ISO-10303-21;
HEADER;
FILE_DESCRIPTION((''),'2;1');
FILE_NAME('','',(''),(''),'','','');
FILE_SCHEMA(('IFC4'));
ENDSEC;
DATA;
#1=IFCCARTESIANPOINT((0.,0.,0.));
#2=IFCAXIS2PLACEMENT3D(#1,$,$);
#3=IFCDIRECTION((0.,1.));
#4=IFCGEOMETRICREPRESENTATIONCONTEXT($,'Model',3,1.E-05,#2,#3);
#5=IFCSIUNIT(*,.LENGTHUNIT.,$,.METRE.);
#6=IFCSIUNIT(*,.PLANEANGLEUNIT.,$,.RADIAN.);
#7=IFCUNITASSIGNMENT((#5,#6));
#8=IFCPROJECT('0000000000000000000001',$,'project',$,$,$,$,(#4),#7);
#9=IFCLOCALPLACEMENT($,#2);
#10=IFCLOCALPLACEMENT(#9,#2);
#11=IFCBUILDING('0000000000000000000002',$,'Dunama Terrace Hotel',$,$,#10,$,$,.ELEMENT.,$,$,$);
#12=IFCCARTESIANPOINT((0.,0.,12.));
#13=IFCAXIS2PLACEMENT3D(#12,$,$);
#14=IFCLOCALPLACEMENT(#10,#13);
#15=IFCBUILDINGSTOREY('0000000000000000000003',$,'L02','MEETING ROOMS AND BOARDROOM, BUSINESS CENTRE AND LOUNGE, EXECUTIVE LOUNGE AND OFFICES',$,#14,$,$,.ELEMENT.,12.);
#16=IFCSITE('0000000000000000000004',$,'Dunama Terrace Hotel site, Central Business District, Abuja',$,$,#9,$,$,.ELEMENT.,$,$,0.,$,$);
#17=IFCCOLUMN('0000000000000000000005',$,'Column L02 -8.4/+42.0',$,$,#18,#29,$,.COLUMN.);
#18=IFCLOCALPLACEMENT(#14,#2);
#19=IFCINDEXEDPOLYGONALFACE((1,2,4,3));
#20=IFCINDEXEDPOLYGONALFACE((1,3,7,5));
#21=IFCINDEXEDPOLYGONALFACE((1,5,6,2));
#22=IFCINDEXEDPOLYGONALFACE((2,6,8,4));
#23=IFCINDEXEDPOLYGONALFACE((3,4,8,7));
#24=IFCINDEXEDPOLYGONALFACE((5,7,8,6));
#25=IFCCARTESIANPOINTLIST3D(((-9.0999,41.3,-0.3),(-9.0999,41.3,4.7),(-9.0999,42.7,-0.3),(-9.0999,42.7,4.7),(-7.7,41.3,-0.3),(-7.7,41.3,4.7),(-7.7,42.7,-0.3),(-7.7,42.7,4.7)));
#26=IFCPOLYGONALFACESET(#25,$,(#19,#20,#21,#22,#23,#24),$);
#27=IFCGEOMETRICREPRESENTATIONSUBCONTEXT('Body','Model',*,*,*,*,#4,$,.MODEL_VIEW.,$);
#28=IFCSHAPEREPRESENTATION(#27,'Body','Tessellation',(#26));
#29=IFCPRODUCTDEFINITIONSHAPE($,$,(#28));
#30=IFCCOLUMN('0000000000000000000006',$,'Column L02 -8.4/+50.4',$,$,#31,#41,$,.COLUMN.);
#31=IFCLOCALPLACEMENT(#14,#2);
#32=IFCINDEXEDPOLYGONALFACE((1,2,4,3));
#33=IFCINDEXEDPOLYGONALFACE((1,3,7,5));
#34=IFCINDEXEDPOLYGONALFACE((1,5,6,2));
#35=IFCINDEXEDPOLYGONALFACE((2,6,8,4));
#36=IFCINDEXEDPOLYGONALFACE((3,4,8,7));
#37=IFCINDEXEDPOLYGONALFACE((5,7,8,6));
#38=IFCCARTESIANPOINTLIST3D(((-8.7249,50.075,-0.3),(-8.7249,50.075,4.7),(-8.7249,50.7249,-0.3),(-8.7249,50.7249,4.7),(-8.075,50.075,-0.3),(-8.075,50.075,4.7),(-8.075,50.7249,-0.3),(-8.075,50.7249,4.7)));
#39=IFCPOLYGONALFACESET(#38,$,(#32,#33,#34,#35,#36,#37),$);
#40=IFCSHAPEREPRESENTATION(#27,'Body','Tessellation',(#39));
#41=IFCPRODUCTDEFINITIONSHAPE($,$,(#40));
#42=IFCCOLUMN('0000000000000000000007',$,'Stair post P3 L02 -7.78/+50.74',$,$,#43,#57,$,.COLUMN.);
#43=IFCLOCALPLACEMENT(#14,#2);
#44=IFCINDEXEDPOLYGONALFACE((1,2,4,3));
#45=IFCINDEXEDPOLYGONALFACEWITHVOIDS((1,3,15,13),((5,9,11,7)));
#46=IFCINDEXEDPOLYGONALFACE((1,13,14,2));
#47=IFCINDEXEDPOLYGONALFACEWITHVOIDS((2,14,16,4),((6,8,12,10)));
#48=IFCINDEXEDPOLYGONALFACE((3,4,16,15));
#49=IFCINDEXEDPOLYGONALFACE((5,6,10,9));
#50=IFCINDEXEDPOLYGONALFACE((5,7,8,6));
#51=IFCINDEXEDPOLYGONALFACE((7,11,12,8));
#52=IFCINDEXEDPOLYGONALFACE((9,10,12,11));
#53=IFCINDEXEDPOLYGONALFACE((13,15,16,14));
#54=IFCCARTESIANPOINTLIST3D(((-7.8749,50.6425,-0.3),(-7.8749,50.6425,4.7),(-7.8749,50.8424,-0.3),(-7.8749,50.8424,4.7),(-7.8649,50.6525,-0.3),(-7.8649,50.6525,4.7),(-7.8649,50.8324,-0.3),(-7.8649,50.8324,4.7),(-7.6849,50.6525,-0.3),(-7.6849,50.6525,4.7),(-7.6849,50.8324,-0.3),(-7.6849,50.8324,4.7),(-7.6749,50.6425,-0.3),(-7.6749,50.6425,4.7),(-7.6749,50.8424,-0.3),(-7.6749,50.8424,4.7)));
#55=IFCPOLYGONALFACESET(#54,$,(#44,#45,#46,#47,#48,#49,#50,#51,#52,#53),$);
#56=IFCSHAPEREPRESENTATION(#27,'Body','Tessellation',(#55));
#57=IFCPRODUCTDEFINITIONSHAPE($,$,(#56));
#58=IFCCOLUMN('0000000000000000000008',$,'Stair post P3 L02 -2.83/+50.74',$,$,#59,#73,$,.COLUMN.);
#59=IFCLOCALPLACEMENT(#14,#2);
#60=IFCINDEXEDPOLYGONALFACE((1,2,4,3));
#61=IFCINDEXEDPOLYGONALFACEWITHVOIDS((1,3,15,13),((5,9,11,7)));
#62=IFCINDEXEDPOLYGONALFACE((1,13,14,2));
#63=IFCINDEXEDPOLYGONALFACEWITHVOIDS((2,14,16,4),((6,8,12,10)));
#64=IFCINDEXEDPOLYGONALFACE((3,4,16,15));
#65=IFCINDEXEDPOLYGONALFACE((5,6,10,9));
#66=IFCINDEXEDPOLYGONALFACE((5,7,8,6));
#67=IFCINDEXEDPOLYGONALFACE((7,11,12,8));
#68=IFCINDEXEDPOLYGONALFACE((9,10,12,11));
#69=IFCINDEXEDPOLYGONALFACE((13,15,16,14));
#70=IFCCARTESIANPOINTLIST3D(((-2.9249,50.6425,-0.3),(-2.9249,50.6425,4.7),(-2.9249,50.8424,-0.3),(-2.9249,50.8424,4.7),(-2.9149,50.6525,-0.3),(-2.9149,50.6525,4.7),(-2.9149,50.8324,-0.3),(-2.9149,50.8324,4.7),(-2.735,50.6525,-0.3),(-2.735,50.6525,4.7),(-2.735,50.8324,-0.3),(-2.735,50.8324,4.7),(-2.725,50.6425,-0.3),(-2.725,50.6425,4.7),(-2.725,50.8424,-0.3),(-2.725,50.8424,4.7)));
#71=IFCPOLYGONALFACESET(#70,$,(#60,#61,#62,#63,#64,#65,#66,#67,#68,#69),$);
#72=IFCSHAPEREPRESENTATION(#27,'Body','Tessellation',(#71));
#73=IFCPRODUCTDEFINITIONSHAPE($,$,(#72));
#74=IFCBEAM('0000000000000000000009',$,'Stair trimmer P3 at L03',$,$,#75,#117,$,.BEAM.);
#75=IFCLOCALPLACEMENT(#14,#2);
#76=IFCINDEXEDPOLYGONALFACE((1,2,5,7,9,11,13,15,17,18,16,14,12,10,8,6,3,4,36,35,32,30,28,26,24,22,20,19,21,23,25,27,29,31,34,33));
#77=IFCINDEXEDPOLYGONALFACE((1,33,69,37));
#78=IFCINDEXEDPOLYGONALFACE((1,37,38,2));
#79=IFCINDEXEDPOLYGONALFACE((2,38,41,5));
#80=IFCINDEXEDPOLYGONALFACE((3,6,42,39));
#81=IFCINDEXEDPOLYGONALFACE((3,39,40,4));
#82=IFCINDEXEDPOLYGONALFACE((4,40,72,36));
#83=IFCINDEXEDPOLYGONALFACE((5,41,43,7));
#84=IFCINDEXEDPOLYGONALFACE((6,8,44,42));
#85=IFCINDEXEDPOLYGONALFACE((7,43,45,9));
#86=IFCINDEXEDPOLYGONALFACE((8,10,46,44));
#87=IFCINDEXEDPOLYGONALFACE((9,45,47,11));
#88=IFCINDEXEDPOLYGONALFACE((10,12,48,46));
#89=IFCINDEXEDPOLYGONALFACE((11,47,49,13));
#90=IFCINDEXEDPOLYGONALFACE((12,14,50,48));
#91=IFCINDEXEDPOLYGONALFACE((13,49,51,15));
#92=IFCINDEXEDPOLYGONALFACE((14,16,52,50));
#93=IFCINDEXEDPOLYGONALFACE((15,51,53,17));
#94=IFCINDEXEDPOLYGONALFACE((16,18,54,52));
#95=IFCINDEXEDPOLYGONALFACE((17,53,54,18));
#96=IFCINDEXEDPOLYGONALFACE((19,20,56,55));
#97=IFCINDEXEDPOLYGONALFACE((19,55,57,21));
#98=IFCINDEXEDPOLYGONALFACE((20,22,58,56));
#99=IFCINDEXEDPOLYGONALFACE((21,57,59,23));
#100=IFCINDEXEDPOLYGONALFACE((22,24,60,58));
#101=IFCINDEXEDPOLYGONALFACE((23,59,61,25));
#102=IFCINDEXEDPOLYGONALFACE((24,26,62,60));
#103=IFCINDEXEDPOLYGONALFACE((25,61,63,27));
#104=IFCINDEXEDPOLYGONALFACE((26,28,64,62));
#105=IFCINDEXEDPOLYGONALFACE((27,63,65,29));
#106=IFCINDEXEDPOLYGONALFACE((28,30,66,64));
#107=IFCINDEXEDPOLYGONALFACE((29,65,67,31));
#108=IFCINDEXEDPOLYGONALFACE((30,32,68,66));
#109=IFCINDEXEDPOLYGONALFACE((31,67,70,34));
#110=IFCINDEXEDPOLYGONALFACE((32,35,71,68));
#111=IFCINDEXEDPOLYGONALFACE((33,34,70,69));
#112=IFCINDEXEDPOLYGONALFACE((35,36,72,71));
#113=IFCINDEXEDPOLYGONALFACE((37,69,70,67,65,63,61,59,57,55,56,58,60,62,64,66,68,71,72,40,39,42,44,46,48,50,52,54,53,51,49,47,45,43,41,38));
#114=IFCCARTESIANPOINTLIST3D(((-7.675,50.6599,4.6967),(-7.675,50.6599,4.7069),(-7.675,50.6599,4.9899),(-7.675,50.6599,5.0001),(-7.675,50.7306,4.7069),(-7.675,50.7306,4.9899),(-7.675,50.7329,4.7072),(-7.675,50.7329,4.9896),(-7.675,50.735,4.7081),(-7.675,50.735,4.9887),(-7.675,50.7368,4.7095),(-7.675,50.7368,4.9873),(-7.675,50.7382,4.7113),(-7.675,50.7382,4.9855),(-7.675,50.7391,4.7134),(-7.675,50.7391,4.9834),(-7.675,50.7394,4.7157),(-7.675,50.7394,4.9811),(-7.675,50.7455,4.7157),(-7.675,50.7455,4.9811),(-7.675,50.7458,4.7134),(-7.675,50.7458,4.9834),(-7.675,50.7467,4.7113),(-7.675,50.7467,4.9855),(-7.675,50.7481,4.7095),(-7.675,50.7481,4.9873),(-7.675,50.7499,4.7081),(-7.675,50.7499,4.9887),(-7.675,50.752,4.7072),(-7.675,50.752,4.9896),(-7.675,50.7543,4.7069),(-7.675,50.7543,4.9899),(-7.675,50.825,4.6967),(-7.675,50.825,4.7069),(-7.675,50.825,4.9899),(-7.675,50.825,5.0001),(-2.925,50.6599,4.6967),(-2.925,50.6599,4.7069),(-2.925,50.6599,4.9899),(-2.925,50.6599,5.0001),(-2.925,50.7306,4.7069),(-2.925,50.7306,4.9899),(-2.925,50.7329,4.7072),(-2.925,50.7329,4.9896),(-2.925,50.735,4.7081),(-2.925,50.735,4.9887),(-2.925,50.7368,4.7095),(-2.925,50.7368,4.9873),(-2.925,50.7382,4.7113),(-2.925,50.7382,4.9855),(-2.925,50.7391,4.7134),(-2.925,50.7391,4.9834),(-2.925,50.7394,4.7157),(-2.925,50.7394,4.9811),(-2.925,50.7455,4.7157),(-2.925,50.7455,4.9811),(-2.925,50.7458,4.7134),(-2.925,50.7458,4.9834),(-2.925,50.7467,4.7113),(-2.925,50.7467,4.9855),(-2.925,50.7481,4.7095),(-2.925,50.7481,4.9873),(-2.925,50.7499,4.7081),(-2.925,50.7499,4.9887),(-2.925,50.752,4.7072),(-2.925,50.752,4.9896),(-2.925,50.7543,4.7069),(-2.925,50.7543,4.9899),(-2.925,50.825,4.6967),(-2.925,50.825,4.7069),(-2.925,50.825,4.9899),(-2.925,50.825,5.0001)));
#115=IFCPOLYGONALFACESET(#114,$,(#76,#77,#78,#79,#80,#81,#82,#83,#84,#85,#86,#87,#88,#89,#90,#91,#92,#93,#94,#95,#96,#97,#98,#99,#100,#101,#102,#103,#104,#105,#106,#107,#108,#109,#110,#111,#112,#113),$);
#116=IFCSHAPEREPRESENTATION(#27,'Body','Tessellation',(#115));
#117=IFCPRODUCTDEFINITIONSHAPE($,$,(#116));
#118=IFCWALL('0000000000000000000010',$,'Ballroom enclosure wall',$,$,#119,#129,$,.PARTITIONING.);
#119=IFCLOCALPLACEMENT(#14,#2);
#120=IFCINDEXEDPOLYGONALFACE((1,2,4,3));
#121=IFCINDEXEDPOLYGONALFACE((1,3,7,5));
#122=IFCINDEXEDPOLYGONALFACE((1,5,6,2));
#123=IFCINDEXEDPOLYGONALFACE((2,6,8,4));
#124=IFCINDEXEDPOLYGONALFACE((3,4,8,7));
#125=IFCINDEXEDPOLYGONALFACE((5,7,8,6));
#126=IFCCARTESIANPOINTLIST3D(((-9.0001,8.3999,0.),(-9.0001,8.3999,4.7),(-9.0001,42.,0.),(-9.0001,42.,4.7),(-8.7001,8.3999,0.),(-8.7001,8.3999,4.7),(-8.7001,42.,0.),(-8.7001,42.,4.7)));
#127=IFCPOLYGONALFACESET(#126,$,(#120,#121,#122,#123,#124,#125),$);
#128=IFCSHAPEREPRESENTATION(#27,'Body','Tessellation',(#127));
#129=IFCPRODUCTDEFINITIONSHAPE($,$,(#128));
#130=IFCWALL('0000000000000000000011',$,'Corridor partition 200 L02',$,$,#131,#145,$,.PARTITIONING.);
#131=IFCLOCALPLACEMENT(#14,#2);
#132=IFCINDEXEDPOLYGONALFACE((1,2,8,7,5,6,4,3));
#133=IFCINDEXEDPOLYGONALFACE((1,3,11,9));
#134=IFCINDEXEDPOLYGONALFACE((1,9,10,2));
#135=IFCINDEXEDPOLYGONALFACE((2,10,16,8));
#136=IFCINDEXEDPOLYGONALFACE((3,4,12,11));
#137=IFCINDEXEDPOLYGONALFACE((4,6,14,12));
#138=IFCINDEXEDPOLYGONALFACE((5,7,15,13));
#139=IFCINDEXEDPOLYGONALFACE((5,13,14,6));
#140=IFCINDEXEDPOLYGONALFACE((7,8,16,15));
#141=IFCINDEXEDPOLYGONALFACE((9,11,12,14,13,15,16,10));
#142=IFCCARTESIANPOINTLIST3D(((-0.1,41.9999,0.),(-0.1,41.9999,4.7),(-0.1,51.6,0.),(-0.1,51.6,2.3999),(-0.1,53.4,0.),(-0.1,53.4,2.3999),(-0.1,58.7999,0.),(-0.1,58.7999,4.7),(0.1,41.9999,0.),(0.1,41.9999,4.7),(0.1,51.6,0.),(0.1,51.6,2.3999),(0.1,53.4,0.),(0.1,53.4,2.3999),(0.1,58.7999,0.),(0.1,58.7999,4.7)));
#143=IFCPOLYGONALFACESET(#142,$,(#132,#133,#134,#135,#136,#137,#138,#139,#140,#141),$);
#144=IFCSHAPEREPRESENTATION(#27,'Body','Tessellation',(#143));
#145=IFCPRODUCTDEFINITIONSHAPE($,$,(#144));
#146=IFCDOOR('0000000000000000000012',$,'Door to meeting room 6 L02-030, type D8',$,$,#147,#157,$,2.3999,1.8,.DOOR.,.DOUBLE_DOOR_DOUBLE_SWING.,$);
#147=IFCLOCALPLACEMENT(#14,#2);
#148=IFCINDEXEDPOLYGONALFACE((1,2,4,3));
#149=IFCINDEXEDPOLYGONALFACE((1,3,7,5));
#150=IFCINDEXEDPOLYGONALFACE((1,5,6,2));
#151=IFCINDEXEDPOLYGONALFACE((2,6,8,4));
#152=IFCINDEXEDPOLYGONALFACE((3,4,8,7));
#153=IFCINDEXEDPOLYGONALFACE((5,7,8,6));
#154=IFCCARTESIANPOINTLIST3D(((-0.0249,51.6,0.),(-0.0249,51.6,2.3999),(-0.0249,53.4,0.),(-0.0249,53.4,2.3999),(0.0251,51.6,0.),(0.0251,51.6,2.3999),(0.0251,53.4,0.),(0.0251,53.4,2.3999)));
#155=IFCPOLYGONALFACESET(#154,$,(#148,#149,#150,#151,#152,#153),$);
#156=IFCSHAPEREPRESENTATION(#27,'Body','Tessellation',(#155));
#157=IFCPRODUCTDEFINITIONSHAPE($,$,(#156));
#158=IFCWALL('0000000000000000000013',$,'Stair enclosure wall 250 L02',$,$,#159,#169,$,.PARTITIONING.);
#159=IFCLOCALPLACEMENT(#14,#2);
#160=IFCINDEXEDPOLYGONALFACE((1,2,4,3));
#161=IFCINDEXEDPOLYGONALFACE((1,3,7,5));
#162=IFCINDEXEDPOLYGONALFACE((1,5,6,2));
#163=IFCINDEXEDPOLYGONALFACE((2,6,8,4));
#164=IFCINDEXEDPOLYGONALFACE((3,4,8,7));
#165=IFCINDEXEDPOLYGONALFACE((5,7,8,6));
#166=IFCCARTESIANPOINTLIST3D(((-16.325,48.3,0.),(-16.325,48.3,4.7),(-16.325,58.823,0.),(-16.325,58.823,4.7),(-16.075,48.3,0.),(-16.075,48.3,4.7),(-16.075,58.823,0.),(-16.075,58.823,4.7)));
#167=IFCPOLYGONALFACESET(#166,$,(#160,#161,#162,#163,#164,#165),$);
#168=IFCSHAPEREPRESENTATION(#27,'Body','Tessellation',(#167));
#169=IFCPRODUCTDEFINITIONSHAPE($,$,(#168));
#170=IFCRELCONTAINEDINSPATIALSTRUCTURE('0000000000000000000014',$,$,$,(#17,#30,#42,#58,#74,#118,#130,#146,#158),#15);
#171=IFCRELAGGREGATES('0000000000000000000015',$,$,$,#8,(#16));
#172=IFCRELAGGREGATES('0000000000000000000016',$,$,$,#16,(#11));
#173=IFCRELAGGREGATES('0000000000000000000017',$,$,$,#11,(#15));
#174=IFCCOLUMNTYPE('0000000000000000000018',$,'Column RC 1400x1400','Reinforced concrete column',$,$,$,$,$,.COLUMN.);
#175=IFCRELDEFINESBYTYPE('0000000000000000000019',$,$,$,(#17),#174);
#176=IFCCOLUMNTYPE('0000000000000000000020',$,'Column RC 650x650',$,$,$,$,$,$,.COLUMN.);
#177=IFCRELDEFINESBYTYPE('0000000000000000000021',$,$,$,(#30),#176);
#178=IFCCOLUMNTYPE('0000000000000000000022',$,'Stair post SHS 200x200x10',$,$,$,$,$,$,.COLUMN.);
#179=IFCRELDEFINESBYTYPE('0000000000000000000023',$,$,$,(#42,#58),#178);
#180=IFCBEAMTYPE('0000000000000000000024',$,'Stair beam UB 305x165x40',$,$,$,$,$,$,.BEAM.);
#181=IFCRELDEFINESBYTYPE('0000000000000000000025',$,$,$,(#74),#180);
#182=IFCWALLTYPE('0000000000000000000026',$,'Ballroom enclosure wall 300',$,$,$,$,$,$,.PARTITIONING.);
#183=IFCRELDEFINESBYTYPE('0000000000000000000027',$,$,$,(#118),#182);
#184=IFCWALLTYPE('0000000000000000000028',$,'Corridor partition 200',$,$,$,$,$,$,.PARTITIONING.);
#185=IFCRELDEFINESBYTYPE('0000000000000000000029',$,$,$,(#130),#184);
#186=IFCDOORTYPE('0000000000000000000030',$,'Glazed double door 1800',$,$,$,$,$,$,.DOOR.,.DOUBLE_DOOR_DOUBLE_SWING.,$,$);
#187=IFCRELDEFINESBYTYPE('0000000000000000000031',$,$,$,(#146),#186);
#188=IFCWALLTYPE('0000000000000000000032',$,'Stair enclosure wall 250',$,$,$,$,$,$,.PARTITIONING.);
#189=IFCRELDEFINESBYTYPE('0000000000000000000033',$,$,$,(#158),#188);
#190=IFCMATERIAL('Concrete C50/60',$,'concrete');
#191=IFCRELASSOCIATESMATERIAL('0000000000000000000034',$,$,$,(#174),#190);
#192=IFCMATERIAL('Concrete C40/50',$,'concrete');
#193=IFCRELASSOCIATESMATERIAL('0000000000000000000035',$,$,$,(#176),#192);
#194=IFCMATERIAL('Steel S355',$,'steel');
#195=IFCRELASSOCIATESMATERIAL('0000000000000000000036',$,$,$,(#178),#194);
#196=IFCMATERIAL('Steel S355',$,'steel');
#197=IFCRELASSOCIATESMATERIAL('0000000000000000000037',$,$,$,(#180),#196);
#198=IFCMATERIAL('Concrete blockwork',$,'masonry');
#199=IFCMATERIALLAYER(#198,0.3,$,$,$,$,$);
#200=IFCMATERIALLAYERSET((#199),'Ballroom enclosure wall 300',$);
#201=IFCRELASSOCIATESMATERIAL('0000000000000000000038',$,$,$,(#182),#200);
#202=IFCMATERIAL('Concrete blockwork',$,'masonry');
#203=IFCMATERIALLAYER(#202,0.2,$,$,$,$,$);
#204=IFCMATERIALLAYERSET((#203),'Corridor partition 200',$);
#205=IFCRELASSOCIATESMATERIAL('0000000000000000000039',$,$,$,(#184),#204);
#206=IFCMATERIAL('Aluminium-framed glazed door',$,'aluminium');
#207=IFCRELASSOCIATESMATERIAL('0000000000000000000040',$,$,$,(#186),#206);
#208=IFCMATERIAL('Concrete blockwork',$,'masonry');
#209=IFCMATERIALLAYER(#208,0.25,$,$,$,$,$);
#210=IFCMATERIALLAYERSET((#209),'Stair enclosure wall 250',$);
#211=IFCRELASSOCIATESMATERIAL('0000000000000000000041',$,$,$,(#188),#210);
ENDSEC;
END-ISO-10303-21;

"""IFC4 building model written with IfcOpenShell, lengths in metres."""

from ifc_helpers import new_model, si_unit, direction, frame, frame_2d, origin, origin_2d, place, context, subcontext, project, spatial, rectangle, hollow_rectangle, i_section, extrude, material, layer, layer_set, material_profile, profile_set, type_object, element, fill, save


model = new_model("IFC4")

# Units and contexts
model_context = context("Model", 3, precision=1e-05, world=origin(), true_north=direction((0.0, 1.0)))
body_context = subcontext(model_context, "Body", "Model", "MODEL_VIEW")
ifc_project = project(units=[si_unit("LENGTHUNIT", "METRE"), si_unit("PLANEANGLEUNIT", "RADIAN")], contexts=[model_context])

# Site, building, storey
site_placement = place(None, origin())
site = spatial("IfcSite", under=ifc_project, at=site_placement, Name="Dunama Terrace Hotel site, Central Business District, Abuja", CompositionType="ELEMENT", RefElevation=0.0)
building_placement = place(site_placement, origin())
building = spatial("IfcBuilding", under=site, at=building_placement, Name="Dunama Terrace Hotel", CompositionType="ELEMENT")
storey_placement = place(building_placement, frame((0.0, 0.0, 12.0)))
storey = spatial("IfcBuildingStorey", under=building, at=storey_placement, Name="L02", Description="MEETING ROOMS AND BOARDROOM, BUSINESS CENTRE AND LOUNGE, EXECUTIVE LOUNGE AND OFFICES", CompositionType="ELEMENT", Elevation=12.0)

# Columns
ifc_material_1 = material(Name="Concrete C50/60", Category="concrete")
ifc_material_profile_1 = material_profile(ifc_material_1, rectangle(XDim=1.3999, YDim=1.3999, at=origin_2d()), Name="RC 1400x1400")
ifc_profile_set_1 = profile_set([ifc_material_profile_1], Name="Concrete C50/60")
column_type_1 = type_object("IfcColumnType", Name="Column RC 1400x1400", Description="Reinforced concrete column", PredefinedType="COLUMN", material=ifc_profile_set_1)
column_1_placement = place(storey_placement, frame((-8.3999, 42.0, -0.3), z_axis=(0.0, 0.0, 1.0), x_axis=(1.0, 0.0, 0.0)))
element("IfcColumn", 1, at=column_1_placement, inside=storey, type_object=column_type_1, Name="Column L02 -8.4/+42.0", PredefinedType="COLUMN", context=body_context, shape_type="SweptSolid", body=[
    extrude(rectangle(XDim=1.3999, YDim=1.3999, at=origin_2d()), origin(), (0.0, 0.0, 1.0), 5.0),
])
ifc_material_2 = material(Name="Concrete C40/50", Category="concrete")
ifc_material_profile_2 = material_profile(ifc_material_2, rectangle(XDim=0.6499, YDim=0.6499, at=origin_2d()), Name="RC 650x650")
ifc_profile_set_2 = profile_set([ifc_material_profile_2], Name="Concrete C40/50")
column_type_2 = type_object("IfcColumnType", Name="Column RC 650x650", PredefinedType="COLUMN", material=ifc_profile_set_2)
column_2_placement = place(storey_placement, frame((-8.3999, 50.3999, -0.3), z_axis=(0.0, 0.0, 1.0), x_axis=(1.0, 0.0, 0.0)))
element("IfcColumn", 2, at=column_2_placement, inside=storey, type_object=column_type_2, Name="Column L02 -8.4/+50.4", PredefinedType="COLUMN", context=body_context, shape_type="SweptSolid", body=[
    extrude(rectangle(XDim=0.6499, YDim=0.6499, at=origin_2d()), origin(), (0.0, 0.0, 1.0), 5.0),
])
ifc_material_3 = material(Name="Steel S355", Category="steel")
ifc_material_profile_3 = material_profile(ifc_material_3, hollow_rectangle(XDim=0.2, YDim=0.2, WallThickness=0.01, at=origin_2d()), Name="SHS 200x200x10")
ifc_profile_set_3 = profile_set([ifc_material_profile_3], Name="Steel S355")
column_type_3 = type_object("IfcColumnType", Name="Stair post SHS 200x200x10", PredefinedType="COLUMN", material=ifc_profile_set_3)
for number, where, z_axis, x_axis, name in (
    (3, (-7.7749, 50.7424, -0.3), (0.0, 0.0, 1.0), (1.0, 0.0, 0.0), "Stair post P3 L02 -7.78/+50.74"),
    (4, (-2.825, 50.7424, -0.3), (0.0, 0.0, 1.0), (1.0, 0.0, 0.0), "Stair post P3 L02 -2.83/+50.74"),
):
    element("IfcColumn", number, at=place(storey_placement, frame(where, z_axis=z_axis, x_axis=x_axis)), inside=storey, type_object=column_type_3, Name=name, PredefinedType="COLUMN", context=body_context, shape_type="SweptSolid", body=[
        extrude(hollow_rectangle(XDim=0.2, YDim=0.2, WallThickness=0.01, at=origin_2d()), origin(), (0.0, 0.0, 1.0), 5.0),
    ])

# Beam
ifc_material_4 = material(Name="Steel S355", Category="steel")
ifc_material_profile_4 = material_profile(ifc_material_4, i_section(OverallWidth=0.165, OverallDepth=0.3035, WebThickness=0.0061, FlangeThickness=0.0103, FilletRadius=0.0088, at=origin_2d()), Name="UB 305x165x40")
ifc_profile_set_4 = profile_set([ifc_material_profile_4], Name="Steel S355")
beam_type = type_object("IfcBeamType", Name="Stair beam UB 305x165x40", PredefinedType="BEAM", material=ifc_profile_set_4)
beam_placement = place(storey_placement, frame((-7.675, 50.7424, 4.8484), z_axis=(1.0, 0.0, 0.0), x_axis=(0.0, 1.0, 0.0)))
element("IfcBeam", 5, at=beam_placement, inside=storey, type_object=beam_type, Name="Stair trimmer P3 at L03", PredefinedType="BEAM", context=body_context, shape_type="SweptSolid", body=[
    extrude(i_section(OverallWidth=0.165, OverallDepth=0.3035, WebThickness=0.0061, FlangeThickness=0.0103, FilletRadius=0.0088, at=origin_2d()), origin(), (0.0, 0.0, 1.0), 4.75),
])

# Wall
ifc_material_5 = material(Name="Concrete blockwork", Category="masonry")
ifc_layer_1 = layer(ifc_material_5, 0.3)
ifc_layer_set_1 = layer_set([ifc_layer_1], Name="Ballroom enclosure wall 300")
wall_type_1 = type_object("IfcWallType", Name="Ballroom enclosure wall 300", PredefinedType="PARTITIONING", material=ifc_layer_set_1)
wall_1_placement = place(storey_placement, frame((-8.8501, 42.0, 0.0), z_axis=(0.0, 0.0, 1.0), x_axis=(0.0, -1.0, 0.0)))
element("IfcWall", 6, at=wall_1_placement, inside=storey, type_object=wall_type_1, Name="Ballroom enclosure wall", PredefinedType="PARTITIONING", context=body_context, shape_type="SweptSolid", body=[
    extrude(rectangle(XDim=33.6001, YDim=0.3, at=frame_2d((16.8, 0.0))), origin(), (0.0, 0.0, 1.0), 4.7),
])

# Wall, opening, door
ifc_material_6 = material(Name="Concrete blockwork", Category="masonry")
ifc_layer_2 = layer(ifc_material_6, 0.2)
ifc_layer_set_2 = layer_set([ifc_layer_2], Name="Corridor partition 200")
wall_type_2 = type_object("IfcWallType", Name="Corridor partition 200", PredefinedType="PARTITIONING", material=ifc_layer_set_2)
wall_2_placement = place(storey_placement, frame((0.0, 42.0, 0.0), z_axis=(0.0, 0.0, 1.0), x_axis=(0.0, 1.0, 0.0)))
wall_2 = element("IfcWall", 7, at=wall_2_placement, inside=storey, type_object=wall_type_2, Name="Corridor partition 200 L02", PredefinedType="PARTITIONING", context=body_context, shape_type="SweptSolid", body=[
    extrude(rectangle(XDim=16.8, YDim=0.2, at=frame_2d((8.3999, 0.0))), origin(), (0.0, 0.0, 1.0), 4.7),
])
opening_1_placement = place(wall_2_placement, frame((9.6001, 0.0, 0.0)))
opening_1 = element("IfcOpeningElement", 8, at=opening_1_placement, cuts=wall_2, PredefinedType="OPENING", context=body_context, shape_type="SweptSolid", body=[
    extrude(rectangle(XDim=1.8, YDim=2.3999, at=frame_2d((0.8999, 1.2))), frame((0.0, 0.1099, 0.0), z_axis=(0.0, -1.0, 0.0), x_axis=(1.0, 0.0, 0.0)), (0.0, 0.0, 1.0), 0.22),
])
ifc_material_7 = material(Name="Aluminium-framed glazed door", Category="aluminium")
door_type_1 = type_object("IfcDoorType", Name="Glazed double door 1800", OperationType="DOUBLE_DOOR_DOUBLE_SWING", PredefinedType="DOOR", material=ifc_material_7)
door_1_placement = place(opening_1_placement, origin())
door_1 = element("IfcDoor", 9, at=door_1_placement, inside=storey, type_object=door_type_1, Name="Door to meeting room 6 L02-030, type D8", OperationType="DOUBLE_DOOR_DOUBLE_SWING", OverallHeight=2.3999, OverallWidth=1.8, PredefinedType="DOOR", context=body_context, shape_type="SweptSolid", body=[
    extrude(rectangle(XDim=1.8, YDim=2.3999, at=frame_2d((0.8999, 1.2))), frame((0.0, 0.0249, 0.0), z_axis=(0.0, -1.0, 0.0), x_axis=(1.0, 0.0, 0.0)), (0.0, 0.0, 1.0), 0.05),
])
fill(opening_1, door_1)

# Wall
ifc_material_8 = material(Name="Concrete blockwork", Category="masonry")
ifc_layer_3 = layer(ifc_material_8, 0.25)
ifc_layer_set_3 = layer_set([ifc_layer_3], Name="Stair enclosure wall 250")
wall_type_3 = type_object("IfcWallType", Name="Stair enclosure wall 250", PredefinedType="PARTITIONING", material=ifc_layer_set_3)
wall_3_placement = place(storey_placement, frame((-16.2, 48.3, 0.0), z_axis=(0.0, 0.0, 1.0), x_axis=(0.0, 1.0, 0.0)))
element("IfcWall", 10, at=wall_3_placement, inside=storey, type_object=wall_type_3, Name="Stair enclosure wall 250 L02", PredefinedType="PARTITIONING", context=body_context, shape_type="SweptSolid", body=[
    extrude(rectangle(XDim=10.5229, YDim=0.25, at=frame_2d((5.2615, 0.0))), origin(), (0.0, 0.0, 1.0), 4.7),
])

save(model, "model.ifc")
